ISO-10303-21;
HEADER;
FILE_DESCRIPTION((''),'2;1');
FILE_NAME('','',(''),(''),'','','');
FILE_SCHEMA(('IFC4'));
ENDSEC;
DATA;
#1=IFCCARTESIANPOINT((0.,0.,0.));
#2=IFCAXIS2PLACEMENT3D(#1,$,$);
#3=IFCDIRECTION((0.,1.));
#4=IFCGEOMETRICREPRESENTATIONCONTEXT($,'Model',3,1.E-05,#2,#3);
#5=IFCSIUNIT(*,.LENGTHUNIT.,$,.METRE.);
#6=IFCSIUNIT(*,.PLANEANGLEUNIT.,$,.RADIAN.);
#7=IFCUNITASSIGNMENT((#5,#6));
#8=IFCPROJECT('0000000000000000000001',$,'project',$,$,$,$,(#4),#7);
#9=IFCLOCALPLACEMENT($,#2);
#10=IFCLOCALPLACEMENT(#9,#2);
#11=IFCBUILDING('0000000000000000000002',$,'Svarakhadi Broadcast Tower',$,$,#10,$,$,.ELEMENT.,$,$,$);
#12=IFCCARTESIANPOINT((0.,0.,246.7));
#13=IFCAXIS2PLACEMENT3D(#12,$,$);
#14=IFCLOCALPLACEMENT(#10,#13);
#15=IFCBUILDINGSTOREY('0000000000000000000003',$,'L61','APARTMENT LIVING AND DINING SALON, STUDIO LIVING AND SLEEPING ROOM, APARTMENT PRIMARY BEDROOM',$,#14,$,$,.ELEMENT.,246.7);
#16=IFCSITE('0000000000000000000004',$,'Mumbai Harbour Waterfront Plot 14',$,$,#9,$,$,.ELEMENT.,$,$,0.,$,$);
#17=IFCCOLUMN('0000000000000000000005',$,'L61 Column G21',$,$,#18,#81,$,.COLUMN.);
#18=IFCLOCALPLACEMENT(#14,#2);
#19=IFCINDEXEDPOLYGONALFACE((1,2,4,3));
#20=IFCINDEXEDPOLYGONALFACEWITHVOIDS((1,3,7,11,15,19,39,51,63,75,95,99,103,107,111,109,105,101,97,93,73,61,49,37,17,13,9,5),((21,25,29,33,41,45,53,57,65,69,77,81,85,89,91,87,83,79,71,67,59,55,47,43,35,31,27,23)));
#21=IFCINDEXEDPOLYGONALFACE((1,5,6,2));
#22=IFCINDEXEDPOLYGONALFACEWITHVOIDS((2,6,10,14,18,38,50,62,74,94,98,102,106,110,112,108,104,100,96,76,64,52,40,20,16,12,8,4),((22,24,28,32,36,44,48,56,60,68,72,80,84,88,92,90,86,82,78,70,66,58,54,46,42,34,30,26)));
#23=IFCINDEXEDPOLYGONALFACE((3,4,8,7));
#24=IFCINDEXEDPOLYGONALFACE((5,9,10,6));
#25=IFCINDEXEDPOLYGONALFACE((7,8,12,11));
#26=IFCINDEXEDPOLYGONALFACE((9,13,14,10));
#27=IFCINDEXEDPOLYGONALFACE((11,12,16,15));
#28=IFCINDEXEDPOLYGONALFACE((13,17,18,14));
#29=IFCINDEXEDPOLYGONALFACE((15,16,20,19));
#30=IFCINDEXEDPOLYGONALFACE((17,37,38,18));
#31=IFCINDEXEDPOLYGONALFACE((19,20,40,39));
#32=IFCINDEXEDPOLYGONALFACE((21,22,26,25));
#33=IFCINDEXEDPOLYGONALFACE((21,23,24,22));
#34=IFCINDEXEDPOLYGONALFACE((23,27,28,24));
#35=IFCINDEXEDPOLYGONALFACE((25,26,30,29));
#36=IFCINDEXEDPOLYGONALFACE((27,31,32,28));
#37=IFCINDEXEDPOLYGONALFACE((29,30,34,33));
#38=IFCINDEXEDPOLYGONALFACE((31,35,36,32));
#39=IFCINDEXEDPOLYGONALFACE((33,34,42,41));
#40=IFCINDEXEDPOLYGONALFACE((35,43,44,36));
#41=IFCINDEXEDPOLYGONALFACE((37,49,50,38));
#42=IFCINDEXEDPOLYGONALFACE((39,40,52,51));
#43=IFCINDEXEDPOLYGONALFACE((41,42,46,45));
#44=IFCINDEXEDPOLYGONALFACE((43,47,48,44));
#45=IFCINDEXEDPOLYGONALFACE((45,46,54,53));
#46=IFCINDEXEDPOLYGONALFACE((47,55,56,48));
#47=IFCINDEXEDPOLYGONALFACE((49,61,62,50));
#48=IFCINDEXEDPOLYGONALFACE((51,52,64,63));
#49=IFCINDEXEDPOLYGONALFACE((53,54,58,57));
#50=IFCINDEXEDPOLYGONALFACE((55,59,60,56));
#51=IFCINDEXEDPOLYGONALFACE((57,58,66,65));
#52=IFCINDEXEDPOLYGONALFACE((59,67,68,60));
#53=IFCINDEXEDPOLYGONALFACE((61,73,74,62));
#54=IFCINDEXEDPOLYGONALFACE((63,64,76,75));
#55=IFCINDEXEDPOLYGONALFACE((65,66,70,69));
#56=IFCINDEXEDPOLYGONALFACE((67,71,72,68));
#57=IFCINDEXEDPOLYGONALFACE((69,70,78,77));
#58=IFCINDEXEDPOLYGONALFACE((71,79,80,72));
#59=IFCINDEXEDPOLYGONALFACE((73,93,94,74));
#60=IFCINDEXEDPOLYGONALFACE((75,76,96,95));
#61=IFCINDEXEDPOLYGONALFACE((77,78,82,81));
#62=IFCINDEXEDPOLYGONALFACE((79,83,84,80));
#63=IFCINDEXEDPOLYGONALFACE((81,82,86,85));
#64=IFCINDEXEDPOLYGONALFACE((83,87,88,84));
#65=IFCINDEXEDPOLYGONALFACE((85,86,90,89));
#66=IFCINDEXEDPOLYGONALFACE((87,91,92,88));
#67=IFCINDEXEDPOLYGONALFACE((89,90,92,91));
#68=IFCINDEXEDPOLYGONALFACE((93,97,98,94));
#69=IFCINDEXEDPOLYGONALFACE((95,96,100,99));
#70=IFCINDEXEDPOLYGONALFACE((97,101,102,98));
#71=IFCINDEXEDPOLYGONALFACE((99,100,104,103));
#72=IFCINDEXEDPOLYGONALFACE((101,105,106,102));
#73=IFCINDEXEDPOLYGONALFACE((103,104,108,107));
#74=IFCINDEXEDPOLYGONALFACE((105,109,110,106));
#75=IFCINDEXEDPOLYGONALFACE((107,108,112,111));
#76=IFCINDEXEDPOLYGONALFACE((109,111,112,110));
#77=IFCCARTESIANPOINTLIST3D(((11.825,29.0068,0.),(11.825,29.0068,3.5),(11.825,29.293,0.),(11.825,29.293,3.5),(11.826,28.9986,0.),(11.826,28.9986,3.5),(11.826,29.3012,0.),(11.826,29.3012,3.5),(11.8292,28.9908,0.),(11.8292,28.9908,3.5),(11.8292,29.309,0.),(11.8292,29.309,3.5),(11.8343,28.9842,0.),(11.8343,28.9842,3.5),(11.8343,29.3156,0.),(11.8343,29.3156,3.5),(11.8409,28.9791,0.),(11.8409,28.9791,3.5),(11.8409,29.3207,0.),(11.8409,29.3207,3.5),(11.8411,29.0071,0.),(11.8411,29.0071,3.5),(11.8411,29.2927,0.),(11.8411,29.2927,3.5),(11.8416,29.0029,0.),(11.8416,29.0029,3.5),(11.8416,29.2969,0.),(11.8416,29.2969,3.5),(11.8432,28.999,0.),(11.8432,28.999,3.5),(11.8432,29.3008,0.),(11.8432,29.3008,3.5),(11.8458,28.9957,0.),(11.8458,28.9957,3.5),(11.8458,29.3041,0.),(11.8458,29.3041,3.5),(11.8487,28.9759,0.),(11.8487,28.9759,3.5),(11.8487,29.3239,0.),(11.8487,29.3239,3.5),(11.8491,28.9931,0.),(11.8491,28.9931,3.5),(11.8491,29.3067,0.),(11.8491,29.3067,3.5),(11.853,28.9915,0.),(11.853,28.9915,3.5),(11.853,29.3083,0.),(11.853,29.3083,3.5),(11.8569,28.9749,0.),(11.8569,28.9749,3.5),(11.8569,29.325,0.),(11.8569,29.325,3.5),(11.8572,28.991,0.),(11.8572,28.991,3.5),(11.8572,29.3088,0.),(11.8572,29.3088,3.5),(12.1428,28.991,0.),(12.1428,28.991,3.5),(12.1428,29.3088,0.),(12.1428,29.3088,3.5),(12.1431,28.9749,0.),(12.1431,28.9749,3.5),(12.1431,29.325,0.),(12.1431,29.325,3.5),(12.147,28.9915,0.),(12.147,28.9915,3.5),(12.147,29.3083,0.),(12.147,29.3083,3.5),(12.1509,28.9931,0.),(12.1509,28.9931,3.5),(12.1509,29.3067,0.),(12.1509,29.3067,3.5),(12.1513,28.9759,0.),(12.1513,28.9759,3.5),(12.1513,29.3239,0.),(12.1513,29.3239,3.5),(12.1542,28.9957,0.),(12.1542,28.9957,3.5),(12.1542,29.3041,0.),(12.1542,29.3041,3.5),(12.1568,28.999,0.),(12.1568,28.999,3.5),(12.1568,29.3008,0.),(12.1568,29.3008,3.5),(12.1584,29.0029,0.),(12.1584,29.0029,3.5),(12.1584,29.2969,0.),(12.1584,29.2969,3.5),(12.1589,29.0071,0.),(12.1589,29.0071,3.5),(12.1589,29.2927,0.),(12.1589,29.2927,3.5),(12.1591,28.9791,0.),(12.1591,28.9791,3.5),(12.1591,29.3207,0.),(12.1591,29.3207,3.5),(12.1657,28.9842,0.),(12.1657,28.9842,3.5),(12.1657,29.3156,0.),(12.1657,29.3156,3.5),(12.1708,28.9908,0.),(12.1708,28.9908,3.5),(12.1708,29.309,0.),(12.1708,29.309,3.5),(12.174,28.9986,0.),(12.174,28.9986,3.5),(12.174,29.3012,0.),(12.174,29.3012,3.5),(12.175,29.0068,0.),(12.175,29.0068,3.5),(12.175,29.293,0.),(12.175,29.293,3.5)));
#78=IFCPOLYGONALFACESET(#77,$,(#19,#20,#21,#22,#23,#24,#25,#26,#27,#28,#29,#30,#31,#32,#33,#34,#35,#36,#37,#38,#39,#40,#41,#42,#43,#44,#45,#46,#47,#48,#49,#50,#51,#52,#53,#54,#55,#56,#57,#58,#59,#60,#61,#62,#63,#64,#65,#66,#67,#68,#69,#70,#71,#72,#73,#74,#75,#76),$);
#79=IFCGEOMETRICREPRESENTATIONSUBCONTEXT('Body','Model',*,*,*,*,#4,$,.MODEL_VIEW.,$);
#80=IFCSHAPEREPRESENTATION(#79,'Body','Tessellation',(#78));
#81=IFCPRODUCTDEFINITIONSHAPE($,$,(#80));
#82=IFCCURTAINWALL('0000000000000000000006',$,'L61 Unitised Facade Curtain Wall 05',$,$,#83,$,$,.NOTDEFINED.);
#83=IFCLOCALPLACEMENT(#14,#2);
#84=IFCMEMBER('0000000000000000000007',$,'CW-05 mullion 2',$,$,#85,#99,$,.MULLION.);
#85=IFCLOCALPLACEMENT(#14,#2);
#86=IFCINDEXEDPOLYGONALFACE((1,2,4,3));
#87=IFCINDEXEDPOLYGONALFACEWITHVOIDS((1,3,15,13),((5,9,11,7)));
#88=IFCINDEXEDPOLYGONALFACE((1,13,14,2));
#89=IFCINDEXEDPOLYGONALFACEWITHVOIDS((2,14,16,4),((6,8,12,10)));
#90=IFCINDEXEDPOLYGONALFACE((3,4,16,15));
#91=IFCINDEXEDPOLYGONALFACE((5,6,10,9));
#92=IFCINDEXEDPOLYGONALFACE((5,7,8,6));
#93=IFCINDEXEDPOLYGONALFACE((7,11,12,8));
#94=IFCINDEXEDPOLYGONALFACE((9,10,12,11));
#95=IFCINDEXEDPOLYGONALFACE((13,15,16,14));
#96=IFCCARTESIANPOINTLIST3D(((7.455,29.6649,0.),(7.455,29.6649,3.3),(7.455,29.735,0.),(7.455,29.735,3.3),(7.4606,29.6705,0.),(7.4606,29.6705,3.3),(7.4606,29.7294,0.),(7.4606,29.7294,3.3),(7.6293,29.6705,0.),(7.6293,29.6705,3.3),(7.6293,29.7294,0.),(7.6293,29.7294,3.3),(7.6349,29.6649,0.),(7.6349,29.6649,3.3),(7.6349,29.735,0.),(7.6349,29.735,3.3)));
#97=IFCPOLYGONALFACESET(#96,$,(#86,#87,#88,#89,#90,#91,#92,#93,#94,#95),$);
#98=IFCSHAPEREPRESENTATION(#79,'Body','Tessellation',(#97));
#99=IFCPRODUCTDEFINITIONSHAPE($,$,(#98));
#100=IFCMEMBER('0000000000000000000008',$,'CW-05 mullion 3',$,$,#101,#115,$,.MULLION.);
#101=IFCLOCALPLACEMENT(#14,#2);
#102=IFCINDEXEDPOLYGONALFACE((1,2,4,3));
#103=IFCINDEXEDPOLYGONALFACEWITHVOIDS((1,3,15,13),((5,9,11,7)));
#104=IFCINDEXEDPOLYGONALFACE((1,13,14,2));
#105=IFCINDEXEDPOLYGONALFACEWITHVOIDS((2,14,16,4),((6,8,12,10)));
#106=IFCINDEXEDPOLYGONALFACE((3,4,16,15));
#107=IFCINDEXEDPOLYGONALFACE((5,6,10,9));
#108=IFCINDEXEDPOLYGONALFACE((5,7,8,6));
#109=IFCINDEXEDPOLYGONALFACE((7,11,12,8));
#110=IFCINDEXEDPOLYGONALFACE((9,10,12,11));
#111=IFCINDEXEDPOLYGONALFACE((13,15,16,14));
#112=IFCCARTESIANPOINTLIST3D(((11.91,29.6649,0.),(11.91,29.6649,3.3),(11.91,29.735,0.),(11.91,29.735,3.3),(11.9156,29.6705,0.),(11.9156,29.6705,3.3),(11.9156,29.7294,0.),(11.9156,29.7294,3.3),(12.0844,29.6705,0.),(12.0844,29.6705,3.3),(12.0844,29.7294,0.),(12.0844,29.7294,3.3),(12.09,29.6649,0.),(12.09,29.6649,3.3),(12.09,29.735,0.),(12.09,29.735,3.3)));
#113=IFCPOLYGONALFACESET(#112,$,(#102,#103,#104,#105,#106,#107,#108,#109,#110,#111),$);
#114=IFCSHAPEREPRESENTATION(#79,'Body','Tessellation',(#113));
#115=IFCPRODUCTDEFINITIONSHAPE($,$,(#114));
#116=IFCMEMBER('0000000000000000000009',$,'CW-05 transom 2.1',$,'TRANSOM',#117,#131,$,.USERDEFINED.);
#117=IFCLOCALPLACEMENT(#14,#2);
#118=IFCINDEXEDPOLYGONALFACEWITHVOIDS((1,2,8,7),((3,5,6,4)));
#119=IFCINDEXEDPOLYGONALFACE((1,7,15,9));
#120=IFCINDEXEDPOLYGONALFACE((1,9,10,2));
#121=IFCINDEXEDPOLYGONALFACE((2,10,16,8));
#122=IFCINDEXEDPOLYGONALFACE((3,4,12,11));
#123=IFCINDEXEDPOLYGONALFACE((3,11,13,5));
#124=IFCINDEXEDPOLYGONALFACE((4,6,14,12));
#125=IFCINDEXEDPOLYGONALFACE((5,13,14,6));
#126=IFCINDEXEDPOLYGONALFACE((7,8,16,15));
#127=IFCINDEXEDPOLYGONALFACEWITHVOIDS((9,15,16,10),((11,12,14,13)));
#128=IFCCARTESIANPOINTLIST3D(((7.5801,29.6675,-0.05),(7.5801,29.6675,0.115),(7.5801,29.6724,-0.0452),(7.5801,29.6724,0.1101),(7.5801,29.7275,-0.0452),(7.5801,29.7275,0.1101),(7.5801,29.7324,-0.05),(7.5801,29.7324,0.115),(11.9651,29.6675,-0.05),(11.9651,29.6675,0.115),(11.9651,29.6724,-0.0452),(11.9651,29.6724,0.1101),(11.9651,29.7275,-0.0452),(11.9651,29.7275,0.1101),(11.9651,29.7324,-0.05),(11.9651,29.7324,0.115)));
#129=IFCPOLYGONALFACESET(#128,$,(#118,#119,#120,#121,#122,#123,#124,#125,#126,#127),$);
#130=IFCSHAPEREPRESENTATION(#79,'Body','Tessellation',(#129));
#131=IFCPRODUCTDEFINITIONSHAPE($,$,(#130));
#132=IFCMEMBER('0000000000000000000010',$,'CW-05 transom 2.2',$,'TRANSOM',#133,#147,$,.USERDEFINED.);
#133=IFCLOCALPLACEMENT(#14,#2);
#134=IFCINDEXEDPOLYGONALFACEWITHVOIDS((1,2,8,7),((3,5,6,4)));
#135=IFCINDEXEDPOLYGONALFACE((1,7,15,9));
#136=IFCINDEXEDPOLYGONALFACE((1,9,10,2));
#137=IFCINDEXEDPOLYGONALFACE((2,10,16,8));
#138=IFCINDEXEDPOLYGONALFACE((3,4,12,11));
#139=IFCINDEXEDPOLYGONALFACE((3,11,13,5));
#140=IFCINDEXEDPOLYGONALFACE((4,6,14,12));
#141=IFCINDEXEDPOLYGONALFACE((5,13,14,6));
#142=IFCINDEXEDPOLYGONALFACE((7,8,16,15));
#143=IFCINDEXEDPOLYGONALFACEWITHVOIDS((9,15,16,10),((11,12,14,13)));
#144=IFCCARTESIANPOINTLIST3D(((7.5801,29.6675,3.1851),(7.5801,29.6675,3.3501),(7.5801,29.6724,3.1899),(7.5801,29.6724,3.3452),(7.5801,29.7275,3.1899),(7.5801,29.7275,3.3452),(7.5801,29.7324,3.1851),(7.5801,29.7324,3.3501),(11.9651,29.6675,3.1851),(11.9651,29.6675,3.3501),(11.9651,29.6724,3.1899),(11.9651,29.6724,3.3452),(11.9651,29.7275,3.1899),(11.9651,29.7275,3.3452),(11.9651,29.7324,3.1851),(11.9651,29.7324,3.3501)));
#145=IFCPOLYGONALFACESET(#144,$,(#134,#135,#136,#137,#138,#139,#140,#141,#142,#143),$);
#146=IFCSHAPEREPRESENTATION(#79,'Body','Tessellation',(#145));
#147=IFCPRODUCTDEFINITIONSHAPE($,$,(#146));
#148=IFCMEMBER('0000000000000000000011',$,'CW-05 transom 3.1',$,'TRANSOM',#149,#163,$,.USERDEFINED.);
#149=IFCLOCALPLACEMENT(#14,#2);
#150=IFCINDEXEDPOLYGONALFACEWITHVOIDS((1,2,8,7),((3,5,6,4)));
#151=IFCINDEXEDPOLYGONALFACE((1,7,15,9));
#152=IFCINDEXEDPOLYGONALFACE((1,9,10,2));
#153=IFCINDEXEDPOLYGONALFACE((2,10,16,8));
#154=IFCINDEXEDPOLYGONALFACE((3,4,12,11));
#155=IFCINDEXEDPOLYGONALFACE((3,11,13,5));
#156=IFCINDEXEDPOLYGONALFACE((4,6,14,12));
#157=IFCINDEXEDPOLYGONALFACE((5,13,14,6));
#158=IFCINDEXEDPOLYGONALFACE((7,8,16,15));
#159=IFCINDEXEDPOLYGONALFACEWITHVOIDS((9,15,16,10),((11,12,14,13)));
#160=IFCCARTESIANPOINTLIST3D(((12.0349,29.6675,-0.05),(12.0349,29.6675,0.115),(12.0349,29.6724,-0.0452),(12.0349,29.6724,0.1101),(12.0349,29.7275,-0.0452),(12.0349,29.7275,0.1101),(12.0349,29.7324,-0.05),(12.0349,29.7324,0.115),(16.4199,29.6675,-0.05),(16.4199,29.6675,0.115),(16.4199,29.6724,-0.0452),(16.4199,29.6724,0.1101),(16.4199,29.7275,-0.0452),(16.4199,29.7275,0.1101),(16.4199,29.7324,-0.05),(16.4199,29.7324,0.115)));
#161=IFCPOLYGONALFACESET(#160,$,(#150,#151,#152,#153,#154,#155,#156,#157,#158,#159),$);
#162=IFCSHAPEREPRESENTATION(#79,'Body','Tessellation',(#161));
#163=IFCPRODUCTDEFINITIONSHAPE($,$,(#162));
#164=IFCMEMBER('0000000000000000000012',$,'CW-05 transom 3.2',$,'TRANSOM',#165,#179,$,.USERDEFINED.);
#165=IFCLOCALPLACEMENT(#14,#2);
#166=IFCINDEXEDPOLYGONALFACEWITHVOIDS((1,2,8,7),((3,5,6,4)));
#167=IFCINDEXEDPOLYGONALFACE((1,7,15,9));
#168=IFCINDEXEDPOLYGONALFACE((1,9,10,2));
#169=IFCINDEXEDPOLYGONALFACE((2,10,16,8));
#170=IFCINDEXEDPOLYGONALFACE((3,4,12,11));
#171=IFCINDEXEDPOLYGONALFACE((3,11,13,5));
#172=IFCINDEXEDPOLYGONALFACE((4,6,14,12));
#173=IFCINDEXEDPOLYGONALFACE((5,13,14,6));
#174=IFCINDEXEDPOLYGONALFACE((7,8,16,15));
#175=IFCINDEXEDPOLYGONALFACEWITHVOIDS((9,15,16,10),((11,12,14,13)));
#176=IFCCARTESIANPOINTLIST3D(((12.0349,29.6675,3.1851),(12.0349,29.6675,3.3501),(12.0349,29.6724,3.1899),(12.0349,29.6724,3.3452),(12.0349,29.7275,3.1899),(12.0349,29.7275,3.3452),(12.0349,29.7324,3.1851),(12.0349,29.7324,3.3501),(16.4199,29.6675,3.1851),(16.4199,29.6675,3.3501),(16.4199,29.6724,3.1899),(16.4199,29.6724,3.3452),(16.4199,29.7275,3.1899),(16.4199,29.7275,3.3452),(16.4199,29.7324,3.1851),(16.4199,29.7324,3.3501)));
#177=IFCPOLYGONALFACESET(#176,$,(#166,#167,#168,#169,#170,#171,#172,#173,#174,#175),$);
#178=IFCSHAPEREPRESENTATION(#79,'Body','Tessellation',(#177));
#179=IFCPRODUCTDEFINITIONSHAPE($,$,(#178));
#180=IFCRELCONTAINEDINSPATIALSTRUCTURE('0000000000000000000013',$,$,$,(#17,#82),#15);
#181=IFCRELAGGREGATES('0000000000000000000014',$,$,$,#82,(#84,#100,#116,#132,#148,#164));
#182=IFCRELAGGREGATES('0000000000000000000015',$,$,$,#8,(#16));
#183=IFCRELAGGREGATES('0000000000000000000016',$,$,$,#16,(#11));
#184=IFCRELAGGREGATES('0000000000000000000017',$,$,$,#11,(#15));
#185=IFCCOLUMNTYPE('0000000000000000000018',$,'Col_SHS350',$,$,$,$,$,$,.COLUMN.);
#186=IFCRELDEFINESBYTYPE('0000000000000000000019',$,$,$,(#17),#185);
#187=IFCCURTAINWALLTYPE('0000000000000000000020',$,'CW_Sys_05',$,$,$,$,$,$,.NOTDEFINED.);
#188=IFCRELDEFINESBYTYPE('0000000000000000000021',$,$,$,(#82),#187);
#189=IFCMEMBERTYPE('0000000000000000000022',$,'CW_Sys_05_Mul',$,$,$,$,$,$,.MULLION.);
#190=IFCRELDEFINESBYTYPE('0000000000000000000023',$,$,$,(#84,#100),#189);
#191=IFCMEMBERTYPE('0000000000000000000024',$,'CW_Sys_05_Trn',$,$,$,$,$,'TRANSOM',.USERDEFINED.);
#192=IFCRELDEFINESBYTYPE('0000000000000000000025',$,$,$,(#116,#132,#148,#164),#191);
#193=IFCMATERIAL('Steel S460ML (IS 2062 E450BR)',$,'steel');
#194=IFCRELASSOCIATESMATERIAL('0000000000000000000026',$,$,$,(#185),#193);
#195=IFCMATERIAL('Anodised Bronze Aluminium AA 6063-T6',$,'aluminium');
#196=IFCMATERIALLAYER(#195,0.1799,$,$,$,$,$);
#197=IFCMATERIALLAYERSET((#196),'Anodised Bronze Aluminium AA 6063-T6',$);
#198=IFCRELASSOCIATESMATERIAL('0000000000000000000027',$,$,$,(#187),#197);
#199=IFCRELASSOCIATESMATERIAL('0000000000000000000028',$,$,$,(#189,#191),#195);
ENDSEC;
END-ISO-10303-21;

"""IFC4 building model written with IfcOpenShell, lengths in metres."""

from ifc_helpers import new_model, si_unit, direction, frame, origin, origin_2d, place, context, subcontext, project, spatial, hollow_rectangle, extrude, material, layer, layer_set, material_profile, profile_set, type_object, element, aggregate, save


model = new_model("IFC4")

# Units and contexts
model_context = context("Model", 3, precision=1e-05, world=origin(), true_north=direction((0.0, 1.0)))
body_context = subcontext(model_context, "Body", "Model", "MODEL_VIEW")
ifc_project = project(units=[si_unit("LENGTHUNIT", "METRE"), si_unit("PLANEANGLEUNIT", "RADIAN")], contexts=[model_context])

# Site, building, storey
site_placement = place(None, origin())
site = spatial("IfcSite", under=ifc_project, at=site_placement, Name="Mumbai Harbour Waterfront Plot 14", CompositionType="ELEMENT", RefElevation=0.0)
building_placement = place(site_placement, origin())
building = spatial("IfcBuilding", under=site, at=building_placement, Name="Svarakhadi Broadcast Tower", CompositionType="ELEMENT")
storey_placement = place(building_placement, frame((0.0, 0.0, 246.7)))
storey = spatial("IfcBuildingStorey", under=building, at=storey_placement, Name="L61", Description="APARTMENT LIVING AND DINING SALON, STUDIO LIVING AND SLEEPING ROOM, APARTMENT PRIMARY BEDROOM", CompositionType="ELEMENT", Elevation=246.7)

# Column
ifc_material_1 = material(Name="Steel S460ML (IS 2062 E450BR)", Category="steel")
ifc_material_profile_1 = material_profile(ifc_material_1, hollow_rectangle(XDim=0.3501, YDim=0.3501, WallThickness=0.0161, InnerFilletRadius=0.0161, OuterFilletRadius=0.032, at=origin_2d()), Name="SHS 350x350x16")
ifc_profile_set_1 = profile_set([ifc_material_profile_1], Name="Steel S460ML (IS 2062 E450BR)")
column_type = type_object("IfcColumnType", Name="Col_SHS350", PredefinedType="COLUMN", material=ifc_profile_set_1)
column_placement = place(storey_placement, frame((12.0, 29.1499, 0.0), z_axis=(0.0, 0.0, 1.0), x_axis=(1.0, 0.0, 0.0)))
element("IfcColumn", 1, at=column_placement, inside=storey, type_object=column_type, Name="L61 Column G21", PredefinedType="COLUMN", context=body_context, shape_type="SweptSolid", body=[
    extrude(hollow_rectangle(XDim=0.3501, YDim=0.3501, WallThickness=0.0161, InnerFilletRadius=0.0161, OuterFilletRadius=0.032, at=origin_2d()), origin(), (0.0, 0.0, 1.0), 3.5),
])

# Curtain wall, members
ifc_material_2 = material(Name="Anodised Bronze Aluminium AA 6063-T6", Category="aluminium")
ifc_layer_1 = layer(ifc_material_2, 0.1799)
ifc_layer_set_1 = layer_set([ifc_layer_1], Name="Anodised Bronze Aluminium AA 6063-T6")
curtain_wall_type = type_object("IfcCurtainWallType", Name="CW_Sys_05", PredefinedType="NOTDEFINED", material=ifc_layer_set_1)
curtain_wall_placement = place(storey_placement, origin())
curtain_wall = element("IfcCurtainWall", 2, at=curtain_wall_placement, inside=storey, type_object=curtain_wall_type, Name="L61 Unitised Facade Curtain Wall 05", PredefinedType="NOTDEFINED")
ifc_material_profile_2 = material_profile(ifc_material_2, hollow_rectangle(XDim=0.0701, YDim=0.1799, WallThickness=0.0056, at=origin_2d()), Name="ALU MULLION 180x70x6")
ifc_profile_set_2 = profile_set([ifc_material_profile_2], Name="Anodised Bronze Aluminium AA 6063-T6")
member_type_1 = type_object("IfcMemberType", Name="CW_Sys_05_Mul", PredefinedType="MULLION", material=ifc_profile_set_2)
member_1_placement = place(storey_placement, frame((7.5449, 29.7, 0.0), z_axis=(0.0, 0.0, 1.0), x_axis=(0.0, 1.0, 0.0)))
member_1 = element("IfcMember", 3, at=member_1_placement, type_object=member_type_1, Name="CW-05 mullion 2", PredefinedType="MULLION", context=body_context, shape_type="SweptSolid", body=[
    extrude(hollow_rectangle(XDim=0.0701, YDim=0.1799, WallThickness=0.0056, at=origin_2d()), origin(), (0.0, 0.0, 1.0), 3.3),
])
member_2_placement = place(storey_placement, frame((12.0, 29.7, 0.0), z_axis=(0.0, 0.0, 1.0), x_axis=(0.0, 1.0, 0.0)))
member_2 = element("IfcMember", 4, at=member_2_placement, type_object=member_type_1, Name="CW-05 mullion 3", PredefinedType="MULLION", context=body_context, shape_type="SweptSolid", body=[
    extrude(hollow_rectangle(XDim=0.0701, YDim=0.1799, WallThickness=0.0056, at=origin_2d()), origin(), (0.0, 0.0, 1.0), 3.3),
])
ifc_material_profile_3 = material_profile(ifc_material_2, hollow_rectangle(XDim=0.0649, YDim=0.165, WallThickness=0.0049, at=origin_2d()), Name="ALU TRANSOM 165x65x5")
ifc_profile_set_3 = profile_set([ifc_material_profile_3], Name="Anodised Bronze Aluminium AA 6063-T6")
member_type_2 = type_object("IfcMemberType", Name="CW_Sys_05_Trn", ElementType="TRANSOM", PredefinedType="USERDEFINED", material=ifc_profile_set_3)
member_3_placement = place(storey_placement, frame((7.5801, 29.7, 0.0325), z_axis=(1.0, 0.0, 0.0), x_axis=(0.0, 1.0, 0.0)))
member_3 = element("IfcMember", 5, at=member_3_placement, type_object=member_type_2, Name="CW-05 transom 2.1", ObjectType="TRANSOM", PredefinedType="USERDEFINED", context=body_context, shape_type="SweptSolid", body=[
    extrude(hollow_rectangle(XDim=0.0649, YDim=0.165, WallThickness=0.0049, at=origin_2d()), origin(), (0.0, 0.0, 1.0), 4.385),
])
member_4_placement = place(storey_placement, frame((7.5801, 29.7, 3.2676), z_axis=(1.0, 0.0, 0.0), x_axis=(0.0, 1.0, 0.0)))
member_4 = element("IfcMember", 6, at=member_4_placement, type_object=member_type_2, Name="CW-05 transom 2.2", ObjectType="TRANSOM", PredefinedType="USERDEFINED", context=body_context, shape_type="SweptSolid", body=[
    extrude(hollow_rectangle(XDim=0.0649, YDim=0.165, WallThickness=0.0049, at=origin_2d()), origin(), (0.0, 0.0, 1.0), 4.385),
])
member_5_placement = place(storey_placement, frame((12.0349, 29.7, 0.0325), z_axis=(1.0, 0.0, 0.0), x_axis=(0.0, 1.0, 0.0)))
member_5 = element("IfcMember", 7, at=member_5_placement, type_object=member_type_2, Name="CW-05 transom 3.1", ObjectType="TRANSOM", PredefinedType="USERDEFINED", context=body_context, shape_type="SweptSolid", body=[
    extrude(hollow_rectangle(XDim=0.0649, YDim=0.165, WallThickness=0.0049, at=origin_2d()), origin(), (0.0, 0.0, 1.0), 4.385),
])
member_6_placement = place(storey_placement, frame((12.0349, 29.7, 3.2676), z_axis=(1.0, 0.0, 0.0), x_axis=(0.0, 1.0, 0.0)))
member_6 = element("IfcMember", 8, at=member_6_placement, type_object=member_type_2, Name="CW-05 transom 3.2", ObjectType="TRANSOM", PredefinedType="USERDEFINED", context=body_context, shape_type="SweptSolid", body=[
    extrude(hollow_rectangle(XDim=0.0649, YDim=0.165, WallThickness=0.0049, at=origin_2d()), origin(), (0.0, 0.0, 1.0), 4.385),
])

aggregate(curtain_wall, [member_1, member_2, member_3, member_4, member_5, member_6])

save(model, "model.ifc")
